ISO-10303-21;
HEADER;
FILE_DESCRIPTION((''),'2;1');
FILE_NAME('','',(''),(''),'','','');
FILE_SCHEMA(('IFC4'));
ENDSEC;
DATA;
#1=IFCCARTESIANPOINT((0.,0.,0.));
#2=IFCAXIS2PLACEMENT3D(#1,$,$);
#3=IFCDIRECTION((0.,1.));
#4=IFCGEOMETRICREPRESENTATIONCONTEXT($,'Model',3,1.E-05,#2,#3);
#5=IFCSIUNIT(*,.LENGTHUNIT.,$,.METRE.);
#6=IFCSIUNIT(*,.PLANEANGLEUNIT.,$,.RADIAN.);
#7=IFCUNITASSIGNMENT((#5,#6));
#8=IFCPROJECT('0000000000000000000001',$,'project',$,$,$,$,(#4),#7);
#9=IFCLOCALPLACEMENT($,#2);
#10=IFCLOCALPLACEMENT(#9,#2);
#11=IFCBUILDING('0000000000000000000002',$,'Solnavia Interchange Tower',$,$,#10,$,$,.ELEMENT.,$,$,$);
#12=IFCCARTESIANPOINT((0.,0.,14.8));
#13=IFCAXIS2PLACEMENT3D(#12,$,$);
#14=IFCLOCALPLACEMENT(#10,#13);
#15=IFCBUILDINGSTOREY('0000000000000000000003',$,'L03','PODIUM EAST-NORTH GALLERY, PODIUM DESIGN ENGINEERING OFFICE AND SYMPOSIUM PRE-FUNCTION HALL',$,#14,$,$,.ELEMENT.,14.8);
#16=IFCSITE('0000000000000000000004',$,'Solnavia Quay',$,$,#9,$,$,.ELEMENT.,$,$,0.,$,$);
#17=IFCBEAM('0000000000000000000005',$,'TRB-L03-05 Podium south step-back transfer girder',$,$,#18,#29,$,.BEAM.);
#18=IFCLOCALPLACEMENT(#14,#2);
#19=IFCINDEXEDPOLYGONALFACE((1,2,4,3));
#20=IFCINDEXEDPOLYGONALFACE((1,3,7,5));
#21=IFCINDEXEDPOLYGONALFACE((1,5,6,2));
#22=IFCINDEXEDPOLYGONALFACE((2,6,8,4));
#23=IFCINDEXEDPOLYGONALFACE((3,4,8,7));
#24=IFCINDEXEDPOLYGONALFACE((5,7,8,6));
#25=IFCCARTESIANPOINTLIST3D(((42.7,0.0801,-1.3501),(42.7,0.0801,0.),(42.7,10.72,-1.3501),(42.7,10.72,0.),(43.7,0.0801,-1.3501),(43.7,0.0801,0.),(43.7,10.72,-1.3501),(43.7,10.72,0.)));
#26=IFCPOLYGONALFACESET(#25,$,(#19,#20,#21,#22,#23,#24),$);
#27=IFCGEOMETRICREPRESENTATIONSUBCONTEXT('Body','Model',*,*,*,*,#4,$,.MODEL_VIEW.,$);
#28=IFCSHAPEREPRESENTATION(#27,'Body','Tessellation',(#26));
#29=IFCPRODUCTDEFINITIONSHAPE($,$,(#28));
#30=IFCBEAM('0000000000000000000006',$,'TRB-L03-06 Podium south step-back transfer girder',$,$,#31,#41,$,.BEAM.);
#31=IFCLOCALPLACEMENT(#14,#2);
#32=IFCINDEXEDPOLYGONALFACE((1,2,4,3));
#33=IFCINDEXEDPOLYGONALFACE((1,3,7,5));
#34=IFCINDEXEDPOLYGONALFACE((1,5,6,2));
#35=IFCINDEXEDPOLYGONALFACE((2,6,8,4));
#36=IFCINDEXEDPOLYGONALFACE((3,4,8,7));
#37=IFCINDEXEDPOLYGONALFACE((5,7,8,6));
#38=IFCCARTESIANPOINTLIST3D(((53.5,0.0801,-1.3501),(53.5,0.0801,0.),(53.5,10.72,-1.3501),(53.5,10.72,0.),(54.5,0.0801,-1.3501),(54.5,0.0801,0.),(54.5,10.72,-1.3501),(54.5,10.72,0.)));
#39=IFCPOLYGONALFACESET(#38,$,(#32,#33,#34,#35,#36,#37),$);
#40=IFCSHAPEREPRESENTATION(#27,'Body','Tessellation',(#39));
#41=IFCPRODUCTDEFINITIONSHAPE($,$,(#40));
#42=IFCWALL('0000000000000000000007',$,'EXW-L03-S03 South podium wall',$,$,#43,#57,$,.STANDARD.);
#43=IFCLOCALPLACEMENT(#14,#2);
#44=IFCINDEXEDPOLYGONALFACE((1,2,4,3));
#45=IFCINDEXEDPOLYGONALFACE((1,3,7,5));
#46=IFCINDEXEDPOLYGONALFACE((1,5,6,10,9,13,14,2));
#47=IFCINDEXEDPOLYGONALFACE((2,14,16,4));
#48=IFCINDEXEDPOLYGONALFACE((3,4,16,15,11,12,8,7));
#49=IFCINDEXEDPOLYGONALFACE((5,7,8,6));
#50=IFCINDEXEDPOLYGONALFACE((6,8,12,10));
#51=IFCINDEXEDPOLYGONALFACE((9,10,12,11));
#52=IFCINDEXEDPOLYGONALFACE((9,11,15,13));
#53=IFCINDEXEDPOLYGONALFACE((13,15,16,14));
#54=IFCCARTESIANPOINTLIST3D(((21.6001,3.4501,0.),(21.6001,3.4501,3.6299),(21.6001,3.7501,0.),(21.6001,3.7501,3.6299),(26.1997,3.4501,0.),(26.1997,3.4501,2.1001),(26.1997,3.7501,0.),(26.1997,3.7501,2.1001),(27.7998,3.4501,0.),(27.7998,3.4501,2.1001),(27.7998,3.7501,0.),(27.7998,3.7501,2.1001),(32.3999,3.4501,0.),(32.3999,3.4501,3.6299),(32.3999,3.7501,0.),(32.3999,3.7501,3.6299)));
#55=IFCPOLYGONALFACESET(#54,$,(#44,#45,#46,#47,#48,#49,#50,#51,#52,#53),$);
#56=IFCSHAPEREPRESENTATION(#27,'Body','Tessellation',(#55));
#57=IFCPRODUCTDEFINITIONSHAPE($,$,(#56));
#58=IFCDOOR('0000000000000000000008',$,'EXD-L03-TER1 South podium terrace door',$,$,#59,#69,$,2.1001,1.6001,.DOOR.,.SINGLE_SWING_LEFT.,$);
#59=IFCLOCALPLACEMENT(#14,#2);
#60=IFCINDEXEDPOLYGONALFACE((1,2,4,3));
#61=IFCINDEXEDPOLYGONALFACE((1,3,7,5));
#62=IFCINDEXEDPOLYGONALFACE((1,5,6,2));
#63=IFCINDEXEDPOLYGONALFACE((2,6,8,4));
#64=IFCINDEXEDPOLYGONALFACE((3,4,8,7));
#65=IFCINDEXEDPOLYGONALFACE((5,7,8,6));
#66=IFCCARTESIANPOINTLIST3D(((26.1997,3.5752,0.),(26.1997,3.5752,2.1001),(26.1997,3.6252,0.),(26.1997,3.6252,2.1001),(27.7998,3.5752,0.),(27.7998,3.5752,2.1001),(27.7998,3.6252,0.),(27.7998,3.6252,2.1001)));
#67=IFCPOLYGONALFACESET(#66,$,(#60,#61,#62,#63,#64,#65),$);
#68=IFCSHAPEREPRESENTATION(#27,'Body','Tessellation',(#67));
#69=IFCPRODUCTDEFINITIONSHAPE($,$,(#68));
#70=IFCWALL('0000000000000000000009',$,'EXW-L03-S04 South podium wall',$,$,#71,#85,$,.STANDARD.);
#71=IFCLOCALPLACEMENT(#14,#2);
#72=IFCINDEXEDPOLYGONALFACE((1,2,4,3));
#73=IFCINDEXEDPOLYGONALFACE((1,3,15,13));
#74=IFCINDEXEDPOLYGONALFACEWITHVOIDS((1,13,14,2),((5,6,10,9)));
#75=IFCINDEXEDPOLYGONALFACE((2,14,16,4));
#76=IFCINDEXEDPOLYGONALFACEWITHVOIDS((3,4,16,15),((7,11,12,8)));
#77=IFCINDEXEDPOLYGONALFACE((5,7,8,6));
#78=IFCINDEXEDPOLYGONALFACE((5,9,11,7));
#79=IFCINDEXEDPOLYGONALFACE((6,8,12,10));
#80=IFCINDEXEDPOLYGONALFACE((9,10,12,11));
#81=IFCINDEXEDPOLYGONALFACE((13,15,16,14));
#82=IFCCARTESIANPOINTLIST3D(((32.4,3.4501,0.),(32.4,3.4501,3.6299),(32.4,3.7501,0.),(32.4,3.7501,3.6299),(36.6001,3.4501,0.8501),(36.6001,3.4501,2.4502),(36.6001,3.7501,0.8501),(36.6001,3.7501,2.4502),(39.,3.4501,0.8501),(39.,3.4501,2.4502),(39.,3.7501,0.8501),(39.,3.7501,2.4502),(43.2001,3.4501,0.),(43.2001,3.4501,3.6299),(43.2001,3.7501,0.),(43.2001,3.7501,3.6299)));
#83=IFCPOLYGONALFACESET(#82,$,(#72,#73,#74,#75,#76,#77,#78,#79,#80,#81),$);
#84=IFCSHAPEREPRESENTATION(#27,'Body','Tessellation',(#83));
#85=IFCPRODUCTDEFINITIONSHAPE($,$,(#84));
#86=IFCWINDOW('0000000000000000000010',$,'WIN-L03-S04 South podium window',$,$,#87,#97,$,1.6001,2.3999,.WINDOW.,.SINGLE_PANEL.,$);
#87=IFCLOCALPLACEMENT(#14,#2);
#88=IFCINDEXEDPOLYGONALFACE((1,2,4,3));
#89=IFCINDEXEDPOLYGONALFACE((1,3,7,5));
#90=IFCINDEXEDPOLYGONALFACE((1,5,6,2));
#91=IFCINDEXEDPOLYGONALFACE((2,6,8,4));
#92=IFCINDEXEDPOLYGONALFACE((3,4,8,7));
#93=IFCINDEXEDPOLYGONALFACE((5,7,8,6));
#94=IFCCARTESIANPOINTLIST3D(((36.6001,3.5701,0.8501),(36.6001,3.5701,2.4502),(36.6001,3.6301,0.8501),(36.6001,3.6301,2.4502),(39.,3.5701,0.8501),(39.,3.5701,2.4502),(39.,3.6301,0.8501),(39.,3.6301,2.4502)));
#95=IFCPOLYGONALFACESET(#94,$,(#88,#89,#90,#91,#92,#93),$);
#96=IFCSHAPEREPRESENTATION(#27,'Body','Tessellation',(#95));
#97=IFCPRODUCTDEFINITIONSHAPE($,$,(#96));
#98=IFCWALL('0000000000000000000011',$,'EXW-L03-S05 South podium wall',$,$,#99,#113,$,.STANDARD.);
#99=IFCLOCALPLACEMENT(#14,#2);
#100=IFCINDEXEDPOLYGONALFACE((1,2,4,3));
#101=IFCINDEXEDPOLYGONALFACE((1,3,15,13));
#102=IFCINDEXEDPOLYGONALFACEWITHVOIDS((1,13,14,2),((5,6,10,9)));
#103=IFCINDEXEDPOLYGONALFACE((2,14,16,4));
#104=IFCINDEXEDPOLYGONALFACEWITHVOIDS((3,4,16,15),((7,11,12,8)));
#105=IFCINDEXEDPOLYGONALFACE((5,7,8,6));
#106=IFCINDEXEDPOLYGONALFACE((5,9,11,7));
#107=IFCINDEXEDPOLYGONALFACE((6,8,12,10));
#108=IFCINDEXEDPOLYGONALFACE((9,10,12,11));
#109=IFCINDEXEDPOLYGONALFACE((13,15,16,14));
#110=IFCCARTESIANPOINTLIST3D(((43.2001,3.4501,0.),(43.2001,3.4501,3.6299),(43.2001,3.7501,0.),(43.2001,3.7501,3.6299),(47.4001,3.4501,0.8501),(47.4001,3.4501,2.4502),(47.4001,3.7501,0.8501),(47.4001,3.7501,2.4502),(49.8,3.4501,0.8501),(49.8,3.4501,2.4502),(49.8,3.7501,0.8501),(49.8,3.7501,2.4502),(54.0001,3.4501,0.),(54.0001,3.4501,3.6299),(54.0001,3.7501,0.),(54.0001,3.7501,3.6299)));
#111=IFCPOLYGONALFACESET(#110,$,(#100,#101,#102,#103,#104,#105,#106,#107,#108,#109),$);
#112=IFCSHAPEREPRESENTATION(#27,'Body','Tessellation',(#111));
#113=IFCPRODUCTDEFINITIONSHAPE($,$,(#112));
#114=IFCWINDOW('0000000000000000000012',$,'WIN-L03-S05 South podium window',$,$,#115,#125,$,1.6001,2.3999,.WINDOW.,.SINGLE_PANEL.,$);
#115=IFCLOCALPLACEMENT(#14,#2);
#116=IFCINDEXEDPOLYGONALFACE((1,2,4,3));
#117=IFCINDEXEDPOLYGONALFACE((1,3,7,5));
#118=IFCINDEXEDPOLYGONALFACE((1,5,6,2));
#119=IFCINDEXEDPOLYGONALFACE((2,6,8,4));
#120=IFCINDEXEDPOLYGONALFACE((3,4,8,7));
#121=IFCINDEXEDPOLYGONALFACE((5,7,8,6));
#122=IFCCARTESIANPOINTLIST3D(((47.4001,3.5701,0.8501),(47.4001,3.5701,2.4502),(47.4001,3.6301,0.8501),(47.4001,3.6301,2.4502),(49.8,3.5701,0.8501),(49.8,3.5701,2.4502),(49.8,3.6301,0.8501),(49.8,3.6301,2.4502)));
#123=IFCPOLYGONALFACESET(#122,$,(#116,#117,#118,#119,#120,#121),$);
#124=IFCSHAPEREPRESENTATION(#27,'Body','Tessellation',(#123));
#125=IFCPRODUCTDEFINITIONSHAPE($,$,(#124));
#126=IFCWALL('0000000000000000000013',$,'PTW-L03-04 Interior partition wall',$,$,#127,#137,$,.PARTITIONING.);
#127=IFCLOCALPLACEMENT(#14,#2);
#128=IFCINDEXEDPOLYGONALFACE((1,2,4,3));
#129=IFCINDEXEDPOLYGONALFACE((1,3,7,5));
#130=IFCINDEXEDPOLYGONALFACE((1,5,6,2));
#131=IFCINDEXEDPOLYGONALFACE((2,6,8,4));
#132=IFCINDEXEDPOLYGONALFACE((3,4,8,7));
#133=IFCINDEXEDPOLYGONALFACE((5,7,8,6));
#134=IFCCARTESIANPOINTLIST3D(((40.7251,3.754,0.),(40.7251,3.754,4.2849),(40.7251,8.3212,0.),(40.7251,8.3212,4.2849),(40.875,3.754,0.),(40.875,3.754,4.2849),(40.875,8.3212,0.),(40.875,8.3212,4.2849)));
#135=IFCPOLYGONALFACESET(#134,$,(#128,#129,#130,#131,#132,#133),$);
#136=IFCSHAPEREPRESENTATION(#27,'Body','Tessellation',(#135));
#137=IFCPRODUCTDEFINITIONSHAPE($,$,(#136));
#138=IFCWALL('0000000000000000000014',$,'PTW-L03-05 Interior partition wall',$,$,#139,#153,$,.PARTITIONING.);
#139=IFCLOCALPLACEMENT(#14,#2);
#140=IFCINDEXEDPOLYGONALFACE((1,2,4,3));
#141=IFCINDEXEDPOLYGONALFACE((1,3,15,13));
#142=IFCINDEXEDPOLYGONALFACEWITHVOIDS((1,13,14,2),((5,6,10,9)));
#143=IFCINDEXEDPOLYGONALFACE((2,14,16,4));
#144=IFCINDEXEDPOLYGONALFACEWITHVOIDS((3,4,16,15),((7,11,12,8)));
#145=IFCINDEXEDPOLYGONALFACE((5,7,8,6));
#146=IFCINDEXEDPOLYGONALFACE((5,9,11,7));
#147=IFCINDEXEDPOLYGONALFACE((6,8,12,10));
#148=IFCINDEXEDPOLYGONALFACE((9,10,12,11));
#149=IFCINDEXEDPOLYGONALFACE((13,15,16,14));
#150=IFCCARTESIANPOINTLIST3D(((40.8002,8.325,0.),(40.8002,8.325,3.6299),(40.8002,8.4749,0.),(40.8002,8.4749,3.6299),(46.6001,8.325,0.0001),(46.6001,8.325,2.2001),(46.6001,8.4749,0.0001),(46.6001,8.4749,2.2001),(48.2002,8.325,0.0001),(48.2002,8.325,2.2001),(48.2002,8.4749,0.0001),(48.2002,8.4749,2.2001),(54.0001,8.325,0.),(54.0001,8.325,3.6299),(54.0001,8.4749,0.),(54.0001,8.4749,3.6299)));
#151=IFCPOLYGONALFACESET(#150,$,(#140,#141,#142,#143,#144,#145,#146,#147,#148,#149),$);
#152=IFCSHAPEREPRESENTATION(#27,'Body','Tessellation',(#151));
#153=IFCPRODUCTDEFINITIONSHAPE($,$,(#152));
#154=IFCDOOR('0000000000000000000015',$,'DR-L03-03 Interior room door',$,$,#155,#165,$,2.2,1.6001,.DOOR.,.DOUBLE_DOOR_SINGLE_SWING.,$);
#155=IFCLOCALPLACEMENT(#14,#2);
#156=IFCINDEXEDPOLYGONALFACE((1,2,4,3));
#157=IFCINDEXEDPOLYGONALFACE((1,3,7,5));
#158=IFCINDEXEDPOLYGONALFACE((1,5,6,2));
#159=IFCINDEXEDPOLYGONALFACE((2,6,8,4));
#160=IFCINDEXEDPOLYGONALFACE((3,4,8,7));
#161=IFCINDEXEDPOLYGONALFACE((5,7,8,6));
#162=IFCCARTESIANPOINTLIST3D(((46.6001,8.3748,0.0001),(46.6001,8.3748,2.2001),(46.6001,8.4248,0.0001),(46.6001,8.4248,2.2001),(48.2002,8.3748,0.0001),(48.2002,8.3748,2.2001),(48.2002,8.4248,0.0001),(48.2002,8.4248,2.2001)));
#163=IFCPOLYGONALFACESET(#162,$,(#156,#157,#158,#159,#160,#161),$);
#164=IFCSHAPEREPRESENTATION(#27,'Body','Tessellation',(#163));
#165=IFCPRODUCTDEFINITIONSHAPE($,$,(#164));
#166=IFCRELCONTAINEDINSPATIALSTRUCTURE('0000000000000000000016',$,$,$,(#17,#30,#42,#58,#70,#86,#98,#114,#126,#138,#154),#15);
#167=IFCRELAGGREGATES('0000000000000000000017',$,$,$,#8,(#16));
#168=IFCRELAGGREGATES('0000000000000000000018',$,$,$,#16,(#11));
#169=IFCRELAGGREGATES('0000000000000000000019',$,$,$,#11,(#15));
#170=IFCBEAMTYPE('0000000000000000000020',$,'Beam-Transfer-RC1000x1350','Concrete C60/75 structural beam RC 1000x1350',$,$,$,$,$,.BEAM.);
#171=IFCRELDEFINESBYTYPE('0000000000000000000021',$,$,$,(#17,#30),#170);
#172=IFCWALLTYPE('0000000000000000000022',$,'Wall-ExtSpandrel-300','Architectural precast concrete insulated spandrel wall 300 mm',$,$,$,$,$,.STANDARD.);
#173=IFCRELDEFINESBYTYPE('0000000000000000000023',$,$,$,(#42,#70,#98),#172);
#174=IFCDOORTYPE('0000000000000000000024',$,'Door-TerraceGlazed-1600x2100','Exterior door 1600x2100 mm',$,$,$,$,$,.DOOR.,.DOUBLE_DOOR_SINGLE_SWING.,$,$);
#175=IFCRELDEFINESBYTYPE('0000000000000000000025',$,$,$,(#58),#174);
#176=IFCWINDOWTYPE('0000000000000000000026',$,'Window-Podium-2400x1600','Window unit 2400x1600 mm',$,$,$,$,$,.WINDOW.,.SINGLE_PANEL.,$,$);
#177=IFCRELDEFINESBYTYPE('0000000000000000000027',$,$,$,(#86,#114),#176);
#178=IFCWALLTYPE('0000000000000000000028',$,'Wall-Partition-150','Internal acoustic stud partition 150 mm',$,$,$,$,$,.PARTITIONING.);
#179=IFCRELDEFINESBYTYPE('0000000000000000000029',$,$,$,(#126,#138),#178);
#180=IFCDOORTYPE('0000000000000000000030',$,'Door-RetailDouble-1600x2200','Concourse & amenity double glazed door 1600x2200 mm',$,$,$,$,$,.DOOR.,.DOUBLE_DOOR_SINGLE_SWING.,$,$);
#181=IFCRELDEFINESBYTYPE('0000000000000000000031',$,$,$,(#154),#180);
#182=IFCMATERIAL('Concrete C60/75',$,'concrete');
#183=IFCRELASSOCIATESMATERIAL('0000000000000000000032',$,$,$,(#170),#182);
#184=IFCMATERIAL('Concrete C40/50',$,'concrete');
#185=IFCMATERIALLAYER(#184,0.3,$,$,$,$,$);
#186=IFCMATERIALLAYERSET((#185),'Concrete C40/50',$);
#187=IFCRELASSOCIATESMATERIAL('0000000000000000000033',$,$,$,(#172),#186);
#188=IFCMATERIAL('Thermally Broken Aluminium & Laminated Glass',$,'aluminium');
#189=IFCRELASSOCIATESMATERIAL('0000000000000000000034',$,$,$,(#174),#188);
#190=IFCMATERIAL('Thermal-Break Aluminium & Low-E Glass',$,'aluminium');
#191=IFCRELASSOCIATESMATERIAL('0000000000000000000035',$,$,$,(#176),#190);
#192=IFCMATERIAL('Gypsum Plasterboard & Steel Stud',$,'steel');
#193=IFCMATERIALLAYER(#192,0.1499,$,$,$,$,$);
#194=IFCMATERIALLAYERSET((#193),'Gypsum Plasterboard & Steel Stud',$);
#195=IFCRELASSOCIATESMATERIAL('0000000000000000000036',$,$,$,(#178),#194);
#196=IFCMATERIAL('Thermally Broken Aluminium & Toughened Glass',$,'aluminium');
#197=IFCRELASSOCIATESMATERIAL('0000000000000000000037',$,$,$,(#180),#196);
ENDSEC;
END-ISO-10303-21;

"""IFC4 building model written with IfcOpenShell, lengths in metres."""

from ifc_helpers import new_model, si_unit, direction, frame, frame_2d, origin, origin_2d, place, context, subcontext, project, spatial, rectangle, extrude, material, layer, layer_set, material_profile, profile_set, type_object, element, fill, save


model = new_model("IFC4")

# Units and contexts
model_context = context("Model", 3, precision=1e-05, world=origin(), true_north=direction((0.0, 1.0)))
body_context = subcontext(model_context, "Body", "Model", "MODEL_VIEW")
ifc_project = project(units=[si_unit("LENGTHUNIT", "METRE"), si_unit("PLANEANGLEUNIT", "RADIAN")], contexts=[model_context])

# Site, building, storey
site_placement = place(None, origin())
site = spatial("IfcSite", under=ifc_project, at=site_placement, Name="Solnavia Quay", CompositionType="ELEMENT", RefElevation=0.0)
building_placement = place(site_placement, origin())
building = spatial("IfcBuilding", under=site, at=building_placement, Name="Solnavia Interchange Tower", CompositionType="ELEMENT")
storey_placement = place(building_placement, frame((0.0, 0.0, 14.8)))
storey = spatial("IfcBuildingStorey", under=building, at=storey_placement, Name="L03", Description="PODIUM EAST-NORTH GALLERY, PODIUM DESIGN ENGINEERING OFFICE AND SYMPOSIUM PRE-FUNCTION HALL", CompositionType="ELEMENT", Elevation=14.8)

# Shared definitions
ifc_material_1 = material(Name="Concrete C60/75", Category="concrete")

# Beams
ifc_material_profile_1 = material_profile(ifc_material_1, rectangle(XDim=1.0, YDim=1.3501, at=origin_2d()), Name="RC 1000x1350")
ifc_profile_set_1 = profile_set([ifc_material_profile_1], Name="Concrete C60/75")
beam_type_1 = type_object("IfcBeamType", Name="Beam-Transfer-RC1000x1350", Description="Concrete C60/75 structural beam RC 1000x1350", PredefinedType="BEAM", material=ifc_profile_set_1)
for number, where, z_axis, x_axis, name in (
    (1, (43.2, 0.0801, -0.675), (0.0, 1.0, 0.0), (-1.0, 0.0, 0.0), "TRB-L03-05 Podium south step-back transfer girder"),
    (2, (54.0, 0.0801, -0.675), (0.0, 1.0, 0.0), (-1.0, 0.0, 0.0), "TRB-L03-06 Podium south step-back transfer girder"),
):
    element("IfcBeam", number, at=place(storey_placement, frame(where, z_axis=z_axis, x_axis=x_axis)), inside=storey, type_object=beam_type_1, Name=name, PredefinedType="BEAM", context=body_context, shape_type="SweptSolid", body=[
        extrude(rectangle(XDim=1.0, YDim=1.3501, at=origin_2d()), origin(), (0.0, 0.0, 1.0), 10.6399),
    ])

# Wall, opening, door
ifc_material_2 = material(Name="Concrete C40/50", Category="concrete")
ifc_layer_1 = layer(ifc_material_2, 0.3)
ifc_layer_set_1 = layer_set([ifc_layer_1], Name="Concrete C40/50")
wall_type_1 = type_object("IfcWallType", Name="Wall-ExtSpandrel-300", Description="Architectural precast concrete insulated spandrel wall 300 mm", PredefinedType="STANDARD", material=ifc_layer_set_1)
wall_1_placement = place(storey_placement, frame((32.3999, 3.6001, 0.0), z_axis=(0.0, 0.0, 1.0), x_axis=(-1.0, 0.0, 0.0)))
wall_1 = element("IfcWall", 3, at=wall_1_placement, inside=storey, type_object=wall_type_1, Name="EXW-L03-S03 South podium wall", PredefinedType="STANDARD", context=body_context, shape_type="SweptSolid", body=[
    extrude(rectangle(XDim=10.7998, YDim=0.3, at=frame_2d((5.3999, 0.0))), origin(), (0.0, 0.0, 1.0), 3.6299),
])
opening_1_placement = place(wall_1_placement, frame((4.6001, 0.0, 0.0)))
opening_1 = element("IfcOpeningElement", 4, at=opening_1_placement, cuts=wall_1, PredefinedType="OPENING", context=body_context, shape_type="SweptSolid", body=[
    extrude(rectangle(XDim=1.6001, YDim=2.1001, at=frame_2d((0.8, 1.05))), frame((0.0, 0.1602, 0.0), z_axis=(0.0, -1.0, 0.0), x_axis=(1.0, 0.0, 0.0)), (0.0, 0.0, 1.0), 0.3201),
])
ifc_material_3 = material(Name="Thermally Broken Aluminium & Laminated Glass", Category="aluminium")
door_type_1 = type_object("IfcDoorType", Name="Door-TerraceGlazed-1600x2100", Description="Exterior door 1600x2100 mm", OperationType="DOUBLE_DOOR_SINGLE_SWING", PredefinedType="DOOR", material=ifc_material_3)
door_1_placement = place(opening_1_placement, origin())
door_1 = element("IfcDoor", 5, at=door_1_placement, inside=storey, type_object=door_type_1, Name="EXD-L03-TER1 South podium terrace door", OperationType="SINGLE_SWING_LEFT", OverallHeight=2.1001, OverallWidth=1.6001, PredefinedType="DOOR", context=body_context, shape_type="SweptSolid", body=[
    extrude(rectangle(XDim=1.6001, YDim=2.1001, at=frame_2d((0.8, 1.05))), frame((0.0, 0.0249, 0.0), z_axis=(0.0, -1.0, 0.0), x_axis=(1.0, 0.0, 0.0)), (0.0, 0.0, 1.0), 0.05),
])
fill(opening_1, door_1)

# Walls, openings, windows
wall_2_placement = place(storey_placement, frame((43.2, 3.6001, 0.0), z_axis=(0.0, 0.0, 1.0), x_axis=(-1.0, 0.0, 0.0)))
wall_2 = element("IfcWall", 6, at=wall_2_placement, inside=storey, type_object=wall_type_1, Name="EXW-L03-S04 South podium wall", PredefinedType="STANDARD", context=body_context, shape_type="SweptSolid", body=[
    extrude(rectangle(XDim=10.8, YDim=0.3, at=frame_2d((5.3999, 0.0))), origin(), (0.0, 0.0, 1.0), 3.6299),
])
opening_2_placement = place(wall_2_placement, frame((4.2, 0.0, 0.8501)))
opening_2 = element("IfcOpeningElement", 7, at=opening_2_placement, cuts=wall_2, PredefinedType="OPENING", context=body_context, shape_type="SweptSolid", body=[
    extrude(rectangle(XDim=2.3999, YDim=1.6001, at=frame_2d((1.2, 0.8))), frame((0.0, 0.1602, 0.0), z_axis=(0.0, -1.0, 0.0), x_axis=(1.0, 0.0, 0.0)), (0.0, 0.0, 1.0), 0.3201),
])
ifc_material_4 = material(Name="Thermal-Break Aluminium & Low-E Glass", Category="aluminium")
window_type = type_object("IfcWindowType", Name="Window-Podium-2400x1600", Description="Window unit 2400x1600 mm", PartitioningType="SINGLE_PANEL", PredefinedType="WINDOW", material=ifc_material_4)
window_1_placement = place(opening_2_placement, origin())
window_1 = element("IfcWindow", 8, at=window_1_placement, inside=storey, type_object=window_type, Name="WIN-L03-S04 South podium window", OverallHeight=1.6001, OverallWidth=2.3999, PartitioningType="SINGLE_PANEL", PredefinedType="WINDOW", context=body_context, shape_type="SweptSolid", body=[
    extrude(rectangle(XDim=2.3999, YDim=1.6001, at=frame_2d((1.2, 0.8))), frame((0.0, 0.03, 0.0), z_axis=(0.0, -1.0, 0.0), x_axis=(1.0, 0.0, 0.0)), (0.0, 0.0, 1.0), 0.0601),
])
fill(opening_2, window_1)
wall_3_placement = place(storey_placement, frame((54.0, 3.6001, 0.0), z_axis=(0.0, 0.0, 1.0), x_axis=(-1.0, 0.0, 0.0)))
wall_3 = element("IfcWall", 9, at=wall_3_placement, inside=storey, type_object=wall_type_1, Name="EXW-L03-S05 South podium wall", PredefinedType="STANDARD", context=body_context, shape_type="SweptSolid", body=[
    extrude(rectangle(XDim=10.8, YDim=0.3, at=frame_2d((5.3999, 0.0))), origin(), (0.0, 0.0, 1.0), 3.6299),
])
opening_3_placement = place(wall_3_placement, frame((4.2, 0.0, 0.8501)))
opening_3 = element("IfcOpeningElement", 10, at=opening_3_placement, cuts=wall_3, PredefinedType="OPENING", context=body_context, shape_type="SweptSolid", body=[
    extrude(rectangle(XDim=2.3999, YDim=1.6001, at=frame_2d((1.2, 0.8))), frame((0.0, 0.1602, 0.0), z_axis=(0.0, -1.0, 0.0), x_axis=(1.0, 0.0, 0.0)), (0.0, 0.0, 1.0), 0.3201),
])
window_2_placement = place(opening_3_placement, origin())
window_2 = element("IfcWindow", 11, at=window_2_placement, inside=storey, type_object=window_type, Name="WIN-L03-S05 South podium window", OverallHeight=1.6001, OverallWidth=2.3999, PartitioningType="SINGLE_PANEL", PredefinedType="WINDOW", context=body_context, shape_type="SweptSolid", body=[
    extrude(rectangle(XDim=2.3999, YDim=1.6001, at=frame_2d((1.2, 0.8))), frame((0.0, 0.03, 0.0), z_axis=(0.0, -1.0, 0.0), x_axis=(1.0, 0.0, 0.0)), (0.0, 0.0, 1.0), 0.0601),
])
fill(opening_3, window_2)

# Wall
ifc_material_5 = material(Name="Gypsum Plasterboard & Steel Stud", Category="steel")
ifc_layer_2 = layer(ifc_material_5, 0.1499)
ifc_layer_set_2 = layer_set([ifc_layer_2], Name="Gypsum Plasterboard & Steel Stud")
wall_type_2 = type_object("IfcWallType", Name="Wall-Partition-150", Description="Internal acoustic stud partition 150 mm", PredefinedType="PARTITIONING", material=ifc_layer_set_2)
wall_4_placement = place(storey_placement, frame((40.8, 3.7539, 0.0), z_axis=(0.0, 0.0, 1.0), x_axis=(0.0, 1.0, 0.0)))
element("IfcWall", 12, at=wall_4_placement, inside=storey, type_object=wall_type_2, Name="PTW-L03-04 Interior partition wall", PredefinedType="PARTITIONING", context=body_context, shape_type="SweptSolid", body=[
    extrude(rectangle(XDim=4.5671, YDim=0.1499, at=frame_2d((2.2837, 0.0))), origin(), (0.0, 0.0, 1.0), 4.2849),
])

# Wall, opening, door
wall_5_placement = place(storey_placement, frame((40.8, 8.3999, 0.0), z_axis=(0.0, 0.0, 1.0), x_axis=(1.0, 0.0, 0.0)))
wall_5 = element("IfcWall", 13, at=wall_5_placement, inside=storey, type_object=wall_type_2, Name="PTW-L03-05 Interior partition wall", PredefinedType="PARTITIONING", context=body_context, shape_type="SweptSolid", body=[
    extrude(rectangle(XDim=13.2, YDim=0.1499, at=frame_2d((6.6001, 0.0))), origin(), (0.0, 0.0, 1.0), 3.6299),
])
opening_4_placement = place(wall_5_placement, frame((5.8, 0.0, 0.0)))
opening_4 = element("IfcOpeningElement", 14, at=opening_4_placement, cuts=wall_5, PredefinedType="OPENING", context=body_context, shape_type="SweptSolid", body=[
    extrude(rectangle(XDim=1.6001, YDim=2.2, at=frame_2d((0.8, 1.1001))), frame((0.0, 0.085, 0.0), z_axis=(0.0, -1.0, 0.0), x_axis=(1.0, 0.0, 0.0)), (0.0, 0.0, 1.0), 0.1699),
])
ifc_material_6 = material(Name="Thermally Broken Aluminium & Toughened Glass", Category="aluminium")
door_type_2 = type_object("IfcDoorType", Name="Door-RetailDouble-1600x2200", Description="Concourse & amenity double glazed door 1600x2200 mm", OperationType="DOUBLE_DOOR_SINGLE_SWING", PredefinedType="DOOR", material=ifc_material_6)
door_2_placement = place(opening_4_placement, origin())
door_2 = element("IfcDoor", 15, at=door_2_placement, inside=storey, type_object=door_type_2, Name="DR-L03-03 Interior room door", OperationType="DOUBLE_DOOR_SINGLE_SWING", OverallHeight=2.2, OverallWidth=1.6001, PredefinedType="DOOR", context=body_context, shape_type="SweptSolid", body=[
    extrude(rectangle(XDim=1.6001, YDim=2.2, at=frame_2d((0.8, 1.1001))), frame((0.0, 0.0249, 0.0), z_axis=(0.0, -1.0, 0.0), x_axis=(1.0, 0.0, 0.0)), (0.0, 0.0, 1.0), 0.05),
])
fill(opening_4, door_2)

save(model, "model.ifc")
